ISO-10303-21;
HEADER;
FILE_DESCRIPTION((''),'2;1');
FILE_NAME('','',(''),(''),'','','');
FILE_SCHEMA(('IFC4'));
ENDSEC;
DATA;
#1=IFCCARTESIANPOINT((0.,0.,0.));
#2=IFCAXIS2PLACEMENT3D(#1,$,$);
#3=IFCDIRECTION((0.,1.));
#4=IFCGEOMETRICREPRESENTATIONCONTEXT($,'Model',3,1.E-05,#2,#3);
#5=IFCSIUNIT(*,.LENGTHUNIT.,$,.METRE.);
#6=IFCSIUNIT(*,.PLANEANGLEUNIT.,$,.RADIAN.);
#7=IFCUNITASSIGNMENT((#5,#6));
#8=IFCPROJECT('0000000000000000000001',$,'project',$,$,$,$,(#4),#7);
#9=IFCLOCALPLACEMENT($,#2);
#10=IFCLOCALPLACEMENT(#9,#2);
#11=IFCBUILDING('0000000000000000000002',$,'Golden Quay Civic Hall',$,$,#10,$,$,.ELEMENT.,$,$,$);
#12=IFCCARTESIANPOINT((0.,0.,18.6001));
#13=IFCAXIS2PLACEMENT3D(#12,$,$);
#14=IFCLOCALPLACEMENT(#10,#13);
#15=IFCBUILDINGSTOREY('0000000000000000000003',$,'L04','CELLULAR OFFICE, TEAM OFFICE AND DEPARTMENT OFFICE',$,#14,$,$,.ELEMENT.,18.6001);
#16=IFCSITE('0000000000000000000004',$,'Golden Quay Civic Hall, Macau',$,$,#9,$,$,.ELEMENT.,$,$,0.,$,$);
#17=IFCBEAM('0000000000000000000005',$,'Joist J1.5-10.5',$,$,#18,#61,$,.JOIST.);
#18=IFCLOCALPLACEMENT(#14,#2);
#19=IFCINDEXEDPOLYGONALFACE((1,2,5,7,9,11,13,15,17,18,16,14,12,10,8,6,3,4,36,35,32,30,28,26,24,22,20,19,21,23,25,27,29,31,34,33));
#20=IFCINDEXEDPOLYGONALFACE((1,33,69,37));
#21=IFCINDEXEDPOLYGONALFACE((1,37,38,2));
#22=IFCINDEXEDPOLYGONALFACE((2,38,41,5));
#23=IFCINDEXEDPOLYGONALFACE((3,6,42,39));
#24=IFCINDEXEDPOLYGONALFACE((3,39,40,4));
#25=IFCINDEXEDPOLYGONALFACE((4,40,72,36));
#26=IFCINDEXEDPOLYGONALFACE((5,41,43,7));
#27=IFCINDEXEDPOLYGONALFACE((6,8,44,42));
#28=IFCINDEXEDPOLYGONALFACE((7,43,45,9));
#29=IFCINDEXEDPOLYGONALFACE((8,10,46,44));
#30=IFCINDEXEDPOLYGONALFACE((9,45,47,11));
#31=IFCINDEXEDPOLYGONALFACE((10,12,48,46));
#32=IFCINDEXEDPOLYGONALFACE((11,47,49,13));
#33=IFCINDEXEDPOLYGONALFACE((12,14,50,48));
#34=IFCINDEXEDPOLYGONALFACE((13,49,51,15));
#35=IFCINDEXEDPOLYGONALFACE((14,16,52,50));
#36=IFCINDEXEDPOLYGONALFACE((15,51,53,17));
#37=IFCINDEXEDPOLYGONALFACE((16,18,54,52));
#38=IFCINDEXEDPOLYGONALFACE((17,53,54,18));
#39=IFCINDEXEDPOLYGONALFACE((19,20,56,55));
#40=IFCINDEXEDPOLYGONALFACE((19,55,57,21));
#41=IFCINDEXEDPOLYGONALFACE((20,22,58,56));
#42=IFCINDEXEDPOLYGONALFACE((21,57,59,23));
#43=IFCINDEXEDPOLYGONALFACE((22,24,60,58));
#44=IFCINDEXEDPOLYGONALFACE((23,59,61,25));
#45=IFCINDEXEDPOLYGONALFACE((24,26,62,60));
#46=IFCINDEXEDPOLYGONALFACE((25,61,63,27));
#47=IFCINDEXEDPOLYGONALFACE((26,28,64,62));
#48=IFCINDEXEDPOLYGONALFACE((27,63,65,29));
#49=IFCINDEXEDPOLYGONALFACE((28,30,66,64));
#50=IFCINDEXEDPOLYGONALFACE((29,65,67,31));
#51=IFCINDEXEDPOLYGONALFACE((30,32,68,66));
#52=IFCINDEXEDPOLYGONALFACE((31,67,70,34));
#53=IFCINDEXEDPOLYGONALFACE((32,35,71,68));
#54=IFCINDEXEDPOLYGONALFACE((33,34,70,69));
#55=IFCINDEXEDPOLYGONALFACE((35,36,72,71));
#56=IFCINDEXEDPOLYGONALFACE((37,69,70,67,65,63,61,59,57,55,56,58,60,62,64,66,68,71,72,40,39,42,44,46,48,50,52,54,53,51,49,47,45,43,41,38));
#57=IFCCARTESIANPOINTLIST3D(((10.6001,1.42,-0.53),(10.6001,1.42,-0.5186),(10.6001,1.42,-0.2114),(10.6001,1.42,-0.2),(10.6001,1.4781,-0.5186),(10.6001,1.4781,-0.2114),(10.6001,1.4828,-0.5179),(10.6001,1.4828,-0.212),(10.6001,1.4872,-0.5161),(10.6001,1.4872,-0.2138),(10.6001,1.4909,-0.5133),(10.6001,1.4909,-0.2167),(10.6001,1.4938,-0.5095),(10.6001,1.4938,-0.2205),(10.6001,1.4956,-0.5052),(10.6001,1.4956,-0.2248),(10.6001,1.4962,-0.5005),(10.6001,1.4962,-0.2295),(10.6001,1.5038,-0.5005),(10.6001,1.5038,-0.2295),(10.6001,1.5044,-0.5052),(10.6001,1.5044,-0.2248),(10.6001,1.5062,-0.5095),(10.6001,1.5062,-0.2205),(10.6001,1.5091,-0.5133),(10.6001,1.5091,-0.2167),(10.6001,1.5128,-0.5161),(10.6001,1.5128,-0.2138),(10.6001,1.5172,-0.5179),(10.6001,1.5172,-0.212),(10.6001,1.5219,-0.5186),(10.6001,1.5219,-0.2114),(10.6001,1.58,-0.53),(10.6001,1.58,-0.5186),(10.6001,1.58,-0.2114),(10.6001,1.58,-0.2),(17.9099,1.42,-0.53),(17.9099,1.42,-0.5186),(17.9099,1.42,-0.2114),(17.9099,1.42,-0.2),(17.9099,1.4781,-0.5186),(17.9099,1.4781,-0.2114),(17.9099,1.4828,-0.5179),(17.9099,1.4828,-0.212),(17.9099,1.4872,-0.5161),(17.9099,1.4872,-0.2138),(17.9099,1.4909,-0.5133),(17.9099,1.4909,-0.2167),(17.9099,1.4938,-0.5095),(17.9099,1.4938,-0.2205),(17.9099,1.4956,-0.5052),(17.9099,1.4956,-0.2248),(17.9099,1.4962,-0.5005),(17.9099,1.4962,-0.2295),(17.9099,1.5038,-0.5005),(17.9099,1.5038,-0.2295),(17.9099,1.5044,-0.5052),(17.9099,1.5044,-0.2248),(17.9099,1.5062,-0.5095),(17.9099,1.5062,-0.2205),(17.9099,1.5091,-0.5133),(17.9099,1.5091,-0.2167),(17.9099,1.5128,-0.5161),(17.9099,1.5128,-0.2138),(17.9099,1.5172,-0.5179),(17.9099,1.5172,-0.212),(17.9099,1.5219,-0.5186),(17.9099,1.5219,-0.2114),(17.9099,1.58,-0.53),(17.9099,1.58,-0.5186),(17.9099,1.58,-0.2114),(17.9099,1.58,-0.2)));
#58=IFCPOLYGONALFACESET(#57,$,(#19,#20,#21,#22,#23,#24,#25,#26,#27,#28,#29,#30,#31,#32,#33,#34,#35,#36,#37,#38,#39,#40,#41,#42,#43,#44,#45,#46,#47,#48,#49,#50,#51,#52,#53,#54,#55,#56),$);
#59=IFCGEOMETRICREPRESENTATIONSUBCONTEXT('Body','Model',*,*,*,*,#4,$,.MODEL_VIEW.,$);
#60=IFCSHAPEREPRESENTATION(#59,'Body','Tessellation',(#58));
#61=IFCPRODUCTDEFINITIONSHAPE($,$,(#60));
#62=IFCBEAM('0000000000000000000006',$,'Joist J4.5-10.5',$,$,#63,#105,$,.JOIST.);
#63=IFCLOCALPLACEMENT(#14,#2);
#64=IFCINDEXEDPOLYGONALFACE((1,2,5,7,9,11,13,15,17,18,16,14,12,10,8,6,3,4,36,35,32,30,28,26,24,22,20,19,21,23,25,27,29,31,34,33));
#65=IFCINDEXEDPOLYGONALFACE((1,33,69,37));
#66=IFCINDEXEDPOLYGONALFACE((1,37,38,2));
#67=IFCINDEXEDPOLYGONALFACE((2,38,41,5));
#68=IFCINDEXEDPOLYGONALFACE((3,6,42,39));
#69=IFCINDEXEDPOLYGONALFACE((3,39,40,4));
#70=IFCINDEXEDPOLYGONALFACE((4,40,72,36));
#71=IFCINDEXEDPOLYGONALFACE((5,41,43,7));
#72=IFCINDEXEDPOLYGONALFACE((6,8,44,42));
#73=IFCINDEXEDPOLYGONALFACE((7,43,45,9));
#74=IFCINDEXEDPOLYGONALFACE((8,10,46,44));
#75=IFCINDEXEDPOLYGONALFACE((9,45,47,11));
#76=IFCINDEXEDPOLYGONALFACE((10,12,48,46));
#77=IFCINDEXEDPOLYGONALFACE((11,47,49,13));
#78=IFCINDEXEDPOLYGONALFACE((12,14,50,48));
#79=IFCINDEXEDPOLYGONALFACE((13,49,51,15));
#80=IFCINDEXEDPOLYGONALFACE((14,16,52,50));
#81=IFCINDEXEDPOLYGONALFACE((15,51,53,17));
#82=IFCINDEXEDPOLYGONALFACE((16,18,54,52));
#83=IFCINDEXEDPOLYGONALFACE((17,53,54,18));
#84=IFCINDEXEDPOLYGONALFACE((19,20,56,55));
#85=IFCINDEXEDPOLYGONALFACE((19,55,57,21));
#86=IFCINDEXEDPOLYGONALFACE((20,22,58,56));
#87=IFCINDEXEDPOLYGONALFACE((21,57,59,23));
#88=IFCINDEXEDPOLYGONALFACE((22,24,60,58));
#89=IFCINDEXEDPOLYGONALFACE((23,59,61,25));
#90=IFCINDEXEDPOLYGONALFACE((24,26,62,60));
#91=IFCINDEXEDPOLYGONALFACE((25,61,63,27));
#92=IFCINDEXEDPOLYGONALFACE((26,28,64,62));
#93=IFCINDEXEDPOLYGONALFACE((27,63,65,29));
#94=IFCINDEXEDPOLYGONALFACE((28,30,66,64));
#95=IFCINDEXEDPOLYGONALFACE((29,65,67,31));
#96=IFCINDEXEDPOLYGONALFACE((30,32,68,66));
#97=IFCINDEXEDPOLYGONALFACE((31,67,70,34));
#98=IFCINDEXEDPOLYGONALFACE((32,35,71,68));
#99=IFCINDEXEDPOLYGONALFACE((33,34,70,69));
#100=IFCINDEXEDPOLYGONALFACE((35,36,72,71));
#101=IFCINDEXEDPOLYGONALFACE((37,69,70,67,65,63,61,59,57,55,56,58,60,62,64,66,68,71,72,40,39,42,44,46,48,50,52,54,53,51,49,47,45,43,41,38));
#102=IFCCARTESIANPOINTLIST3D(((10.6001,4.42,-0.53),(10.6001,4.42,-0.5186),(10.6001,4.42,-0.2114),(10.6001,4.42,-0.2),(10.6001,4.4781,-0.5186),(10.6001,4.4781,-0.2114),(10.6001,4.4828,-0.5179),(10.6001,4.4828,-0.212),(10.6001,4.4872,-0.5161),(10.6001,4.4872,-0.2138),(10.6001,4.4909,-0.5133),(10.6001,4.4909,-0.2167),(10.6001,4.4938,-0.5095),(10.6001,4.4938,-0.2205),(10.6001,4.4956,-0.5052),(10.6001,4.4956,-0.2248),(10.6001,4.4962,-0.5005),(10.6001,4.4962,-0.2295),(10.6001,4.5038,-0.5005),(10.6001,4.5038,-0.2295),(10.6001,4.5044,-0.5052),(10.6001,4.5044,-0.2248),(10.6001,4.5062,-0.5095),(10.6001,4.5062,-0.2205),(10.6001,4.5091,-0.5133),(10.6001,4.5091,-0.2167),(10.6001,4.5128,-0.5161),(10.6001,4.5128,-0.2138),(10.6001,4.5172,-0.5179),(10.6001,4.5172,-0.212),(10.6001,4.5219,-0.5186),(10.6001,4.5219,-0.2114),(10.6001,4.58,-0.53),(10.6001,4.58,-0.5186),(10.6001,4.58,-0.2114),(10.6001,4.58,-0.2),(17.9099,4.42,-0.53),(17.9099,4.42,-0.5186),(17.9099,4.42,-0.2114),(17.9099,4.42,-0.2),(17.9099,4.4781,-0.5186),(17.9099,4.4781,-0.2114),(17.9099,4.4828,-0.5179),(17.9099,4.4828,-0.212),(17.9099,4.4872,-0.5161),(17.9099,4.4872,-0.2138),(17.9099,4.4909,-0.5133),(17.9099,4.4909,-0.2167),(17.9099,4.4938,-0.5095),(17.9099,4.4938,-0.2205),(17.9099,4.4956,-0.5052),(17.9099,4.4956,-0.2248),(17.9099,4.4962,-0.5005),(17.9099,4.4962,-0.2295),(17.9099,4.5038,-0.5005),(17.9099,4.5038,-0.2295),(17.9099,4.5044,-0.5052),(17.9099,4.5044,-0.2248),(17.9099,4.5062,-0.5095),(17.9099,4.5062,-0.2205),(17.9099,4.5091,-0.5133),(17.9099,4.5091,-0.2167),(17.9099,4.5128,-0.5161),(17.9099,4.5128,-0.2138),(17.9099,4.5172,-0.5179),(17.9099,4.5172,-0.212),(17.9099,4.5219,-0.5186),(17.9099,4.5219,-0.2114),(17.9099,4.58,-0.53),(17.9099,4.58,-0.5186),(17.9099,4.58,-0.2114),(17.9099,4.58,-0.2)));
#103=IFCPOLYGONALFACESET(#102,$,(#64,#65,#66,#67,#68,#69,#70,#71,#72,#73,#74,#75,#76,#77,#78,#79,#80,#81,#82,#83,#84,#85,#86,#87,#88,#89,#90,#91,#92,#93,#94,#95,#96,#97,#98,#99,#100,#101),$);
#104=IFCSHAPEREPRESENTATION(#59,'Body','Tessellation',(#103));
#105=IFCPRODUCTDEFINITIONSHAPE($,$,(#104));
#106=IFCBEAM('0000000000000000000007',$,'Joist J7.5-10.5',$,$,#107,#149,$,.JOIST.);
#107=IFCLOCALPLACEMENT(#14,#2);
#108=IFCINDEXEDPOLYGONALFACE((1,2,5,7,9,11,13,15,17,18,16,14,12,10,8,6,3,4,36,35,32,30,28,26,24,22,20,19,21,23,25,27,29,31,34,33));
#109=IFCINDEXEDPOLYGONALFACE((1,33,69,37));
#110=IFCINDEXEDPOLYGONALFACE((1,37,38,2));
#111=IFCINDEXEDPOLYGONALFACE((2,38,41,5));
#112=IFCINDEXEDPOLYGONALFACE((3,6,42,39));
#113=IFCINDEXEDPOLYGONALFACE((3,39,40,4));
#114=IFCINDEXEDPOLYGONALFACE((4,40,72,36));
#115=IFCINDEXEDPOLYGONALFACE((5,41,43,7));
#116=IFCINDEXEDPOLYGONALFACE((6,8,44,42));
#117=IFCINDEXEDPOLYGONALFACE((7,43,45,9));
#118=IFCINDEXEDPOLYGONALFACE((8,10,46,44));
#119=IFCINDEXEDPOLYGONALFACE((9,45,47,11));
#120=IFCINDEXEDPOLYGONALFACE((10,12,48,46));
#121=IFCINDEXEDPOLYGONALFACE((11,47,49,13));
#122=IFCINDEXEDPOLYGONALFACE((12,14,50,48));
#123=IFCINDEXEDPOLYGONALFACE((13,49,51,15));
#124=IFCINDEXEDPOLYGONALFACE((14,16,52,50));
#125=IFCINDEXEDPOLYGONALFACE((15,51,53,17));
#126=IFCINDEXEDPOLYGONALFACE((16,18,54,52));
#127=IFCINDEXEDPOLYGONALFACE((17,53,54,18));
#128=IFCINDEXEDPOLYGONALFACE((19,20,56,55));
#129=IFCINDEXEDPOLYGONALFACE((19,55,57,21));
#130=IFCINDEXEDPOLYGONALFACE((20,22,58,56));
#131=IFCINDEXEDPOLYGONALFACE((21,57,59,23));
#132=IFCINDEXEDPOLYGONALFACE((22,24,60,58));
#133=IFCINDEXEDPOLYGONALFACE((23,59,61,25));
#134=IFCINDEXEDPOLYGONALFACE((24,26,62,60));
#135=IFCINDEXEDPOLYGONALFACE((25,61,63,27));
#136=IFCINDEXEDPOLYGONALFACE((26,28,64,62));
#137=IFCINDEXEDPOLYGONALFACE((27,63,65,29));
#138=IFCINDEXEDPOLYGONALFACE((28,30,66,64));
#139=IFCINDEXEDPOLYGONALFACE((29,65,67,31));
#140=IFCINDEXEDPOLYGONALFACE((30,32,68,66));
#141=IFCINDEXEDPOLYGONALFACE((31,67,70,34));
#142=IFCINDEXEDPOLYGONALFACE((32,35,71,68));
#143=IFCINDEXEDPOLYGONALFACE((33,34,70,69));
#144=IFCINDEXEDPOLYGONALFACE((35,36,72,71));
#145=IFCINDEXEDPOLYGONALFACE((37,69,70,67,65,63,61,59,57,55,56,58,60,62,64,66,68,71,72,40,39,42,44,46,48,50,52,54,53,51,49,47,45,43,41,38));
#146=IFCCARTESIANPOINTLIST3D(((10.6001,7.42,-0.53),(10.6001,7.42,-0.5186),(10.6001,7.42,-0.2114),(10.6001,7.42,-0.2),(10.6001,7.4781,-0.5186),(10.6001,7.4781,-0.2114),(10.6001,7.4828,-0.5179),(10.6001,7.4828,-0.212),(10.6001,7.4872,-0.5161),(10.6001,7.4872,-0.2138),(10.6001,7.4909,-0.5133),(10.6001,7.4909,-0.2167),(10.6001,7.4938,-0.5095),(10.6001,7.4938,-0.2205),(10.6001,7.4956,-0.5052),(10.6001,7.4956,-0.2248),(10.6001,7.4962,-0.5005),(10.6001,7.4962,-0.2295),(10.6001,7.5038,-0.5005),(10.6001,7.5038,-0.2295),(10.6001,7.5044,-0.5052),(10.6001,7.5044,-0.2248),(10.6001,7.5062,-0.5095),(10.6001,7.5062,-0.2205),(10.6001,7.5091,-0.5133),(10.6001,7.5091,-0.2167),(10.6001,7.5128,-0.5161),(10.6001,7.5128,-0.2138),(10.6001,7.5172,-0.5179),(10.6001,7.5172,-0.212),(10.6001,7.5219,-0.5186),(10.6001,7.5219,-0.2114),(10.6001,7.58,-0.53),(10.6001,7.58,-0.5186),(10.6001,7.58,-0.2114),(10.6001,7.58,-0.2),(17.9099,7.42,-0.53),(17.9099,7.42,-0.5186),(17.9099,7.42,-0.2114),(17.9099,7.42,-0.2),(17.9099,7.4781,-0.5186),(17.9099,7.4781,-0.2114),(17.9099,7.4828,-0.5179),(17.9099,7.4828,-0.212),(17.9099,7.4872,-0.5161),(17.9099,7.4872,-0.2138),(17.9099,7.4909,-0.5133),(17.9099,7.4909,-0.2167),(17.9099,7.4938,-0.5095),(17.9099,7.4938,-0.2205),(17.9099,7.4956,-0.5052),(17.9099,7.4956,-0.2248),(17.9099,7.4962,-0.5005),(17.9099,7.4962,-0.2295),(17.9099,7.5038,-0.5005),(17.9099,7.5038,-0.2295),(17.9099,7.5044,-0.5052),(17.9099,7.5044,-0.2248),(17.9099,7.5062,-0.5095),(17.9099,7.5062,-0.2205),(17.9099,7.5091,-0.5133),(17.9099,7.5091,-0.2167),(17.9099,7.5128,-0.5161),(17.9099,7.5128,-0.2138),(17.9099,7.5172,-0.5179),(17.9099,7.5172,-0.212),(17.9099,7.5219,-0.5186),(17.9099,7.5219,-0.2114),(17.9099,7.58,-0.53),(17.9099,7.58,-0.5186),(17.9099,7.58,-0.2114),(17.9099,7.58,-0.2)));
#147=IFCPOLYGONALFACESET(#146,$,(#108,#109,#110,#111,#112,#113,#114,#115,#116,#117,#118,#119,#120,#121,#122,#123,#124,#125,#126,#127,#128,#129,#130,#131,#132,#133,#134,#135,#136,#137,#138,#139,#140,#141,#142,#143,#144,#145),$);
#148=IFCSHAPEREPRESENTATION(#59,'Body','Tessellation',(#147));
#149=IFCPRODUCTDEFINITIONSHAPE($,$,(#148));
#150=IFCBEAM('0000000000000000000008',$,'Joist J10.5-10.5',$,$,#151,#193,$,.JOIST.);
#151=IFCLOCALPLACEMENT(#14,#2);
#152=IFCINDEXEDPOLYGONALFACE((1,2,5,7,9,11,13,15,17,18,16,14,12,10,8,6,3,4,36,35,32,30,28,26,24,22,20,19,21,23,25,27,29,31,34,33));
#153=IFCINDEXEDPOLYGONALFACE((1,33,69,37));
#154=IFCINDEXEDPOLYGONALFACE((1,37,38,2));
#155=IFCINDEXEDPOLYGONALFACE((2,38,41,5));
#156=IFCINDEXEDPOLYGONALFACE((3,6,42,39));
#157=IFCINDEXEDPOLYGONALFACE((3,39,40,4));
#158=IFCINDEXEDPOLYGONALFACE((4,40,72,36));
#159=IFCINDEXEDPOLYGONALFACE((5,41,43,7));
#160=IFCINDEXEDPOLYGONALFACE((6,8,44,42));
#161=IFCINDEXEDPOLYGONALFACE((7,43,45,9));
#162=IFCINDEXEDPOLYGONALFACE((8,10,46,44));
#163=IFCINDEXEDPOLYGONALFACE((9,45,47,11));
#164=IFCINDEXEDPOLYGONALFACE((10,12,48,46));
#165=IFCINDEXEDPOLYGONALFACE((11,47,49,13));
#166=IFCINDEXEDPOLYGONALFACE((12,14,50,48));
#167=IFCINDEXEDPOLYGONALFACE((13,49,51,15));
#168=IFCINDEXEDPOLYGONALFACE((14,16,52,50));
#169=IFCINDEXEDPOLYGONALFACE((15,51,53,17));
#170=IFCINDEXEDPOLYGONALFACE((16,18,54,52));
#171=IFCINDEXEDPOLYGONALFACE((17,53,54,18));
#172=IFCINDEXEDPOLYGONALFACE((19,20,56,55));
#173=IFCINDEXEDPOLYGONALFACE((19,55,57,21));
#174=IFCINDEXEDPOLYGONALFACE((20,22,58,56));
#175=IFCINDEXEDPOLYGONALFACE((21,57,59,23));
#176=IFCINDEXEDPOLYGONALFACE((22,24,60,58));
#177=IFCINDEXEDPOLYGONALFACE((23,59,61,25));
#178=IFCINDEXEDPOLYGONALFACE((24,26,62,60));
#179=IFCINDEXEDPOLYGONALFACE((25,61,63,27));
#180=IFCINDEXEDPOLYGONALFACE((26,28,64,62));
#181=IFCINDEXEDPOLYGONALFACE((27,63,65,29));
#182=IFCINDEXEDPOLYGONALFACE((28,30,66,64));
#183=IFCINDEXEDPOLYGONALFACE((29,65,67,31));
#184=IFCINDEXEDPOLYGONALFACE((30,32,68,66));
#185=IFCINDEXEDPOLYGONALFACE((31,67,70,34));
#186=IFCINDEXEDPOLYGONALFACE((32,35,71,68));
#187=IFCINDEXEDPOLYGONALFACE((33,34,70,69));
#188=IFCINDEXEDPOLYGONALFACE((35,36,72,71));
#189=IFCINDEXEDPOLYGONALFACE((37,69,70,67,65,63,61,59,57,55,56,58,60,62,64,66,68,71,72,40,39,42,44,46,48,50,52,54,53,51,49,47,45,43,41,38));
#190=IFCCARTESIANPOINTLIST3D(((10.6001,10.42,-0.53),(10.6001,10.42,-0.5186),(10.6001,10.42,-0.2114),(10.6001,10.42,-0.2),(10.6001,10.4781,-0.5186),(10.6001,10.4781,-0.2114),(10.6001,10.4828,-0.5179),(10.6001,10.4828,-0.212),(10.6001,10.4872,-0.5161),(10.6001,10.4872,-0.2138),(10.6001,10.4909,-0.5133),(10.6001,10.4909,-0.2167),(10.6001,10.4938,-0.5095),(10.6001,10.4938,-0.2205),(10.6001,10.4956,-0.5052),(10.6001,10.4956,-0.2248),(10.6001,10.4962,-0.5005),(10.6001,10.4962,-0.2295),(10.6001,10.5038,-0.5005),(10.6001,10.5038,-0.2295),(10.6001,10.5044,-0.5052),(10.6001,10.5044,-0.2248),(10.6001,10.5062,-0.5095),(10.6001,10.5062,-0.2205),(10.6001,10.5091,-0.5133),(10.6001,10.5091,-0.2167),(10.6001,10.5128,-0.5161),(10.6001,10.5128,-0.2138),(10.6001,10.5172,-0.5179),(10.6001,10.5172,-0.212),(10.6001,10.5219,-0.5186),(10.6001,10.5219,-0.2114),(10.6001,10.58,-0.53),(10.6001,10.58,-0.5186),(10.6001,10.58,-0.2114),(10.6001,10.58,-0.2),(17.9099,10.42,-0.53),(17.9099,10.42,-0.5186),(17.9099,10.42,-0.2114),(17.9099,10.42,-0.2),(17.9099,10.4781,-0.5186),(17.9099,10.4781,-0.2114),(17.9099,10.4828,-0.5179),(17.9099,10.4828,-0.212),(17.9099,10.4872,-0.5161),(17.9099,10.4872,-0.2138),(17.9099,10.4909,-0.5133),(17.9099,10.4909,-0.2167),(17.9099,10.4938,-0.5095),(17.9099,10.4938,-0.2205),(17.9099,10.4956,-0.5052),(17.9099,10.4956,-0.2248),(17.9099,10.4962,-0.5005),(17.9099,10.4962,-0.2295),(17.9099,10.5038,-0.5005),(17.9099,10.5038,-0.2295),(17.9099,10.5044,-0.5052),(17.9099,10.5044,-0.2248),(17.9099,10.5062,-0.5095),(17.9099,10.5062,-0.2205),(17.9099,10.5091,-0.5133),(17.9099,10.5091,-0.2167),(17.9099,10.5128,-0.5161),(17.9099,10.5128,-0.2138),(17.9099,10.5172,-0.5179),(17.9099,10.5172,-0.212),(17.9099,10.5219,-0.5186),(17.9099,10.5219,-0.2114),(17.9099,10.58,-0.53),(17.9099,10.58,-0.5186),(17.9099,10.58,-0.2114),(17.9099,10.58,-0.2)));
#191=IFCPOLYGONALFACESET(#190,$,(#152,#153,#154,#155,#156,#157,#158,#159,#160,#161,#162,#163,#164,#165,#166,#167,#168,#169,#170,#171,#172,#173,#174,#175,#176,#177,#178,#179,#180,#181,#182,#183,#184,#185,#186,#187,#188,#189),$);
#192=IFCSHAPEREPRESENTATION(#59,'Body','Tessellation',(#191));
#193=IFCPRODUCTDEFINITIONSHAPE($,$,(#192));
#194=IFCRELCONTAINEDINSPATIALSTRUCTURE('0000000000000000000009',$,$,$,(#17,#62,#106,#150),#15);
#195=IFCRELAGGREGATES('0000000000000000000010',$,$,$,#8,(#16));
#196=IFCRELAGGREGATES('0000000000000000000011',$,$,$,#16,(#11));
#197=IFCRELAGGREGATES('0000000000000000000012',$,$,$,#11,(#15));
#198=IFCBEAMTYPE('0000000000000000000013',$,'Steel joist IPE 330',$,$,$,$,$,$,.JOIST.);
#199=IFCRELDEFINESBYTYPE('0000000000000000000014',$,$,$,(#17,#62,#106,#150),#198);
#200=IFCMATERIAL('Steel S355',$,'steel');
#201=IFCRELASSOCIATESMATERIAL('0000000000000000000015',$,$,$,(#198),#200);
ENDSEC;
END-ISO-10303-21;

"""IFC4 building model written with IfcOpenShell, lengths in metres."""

from ifc_helpers import new_model, si_unit, direction, frame, origin, origin_2d, place, context, subcontext, project, spatial, i_section, extrude, material, material_profile, profile_set, type_object, element, save


model = new_model("IFC4")

# Units and contexts
model_context = context("Model", 3, precision=1e-05, world=origin(), true_north=direction((0.0, 1.0)))
body_context = subcontext(model_context, "Body", "Model", "MODEL_VIEW")
ifc_project = project(units=[si_unit("LENGTHUNIT", "METRE"), si_unit("PLANEANGLEUNIT", "RADIAN")], contexts=[model_context])

# Site, building, storey
site_placement = place(None, origin())
site = spatial("IfcSite", under=ifc_project, at=site_placement, Name="Golden Quay Civic Hall, Macau", CompositionType="ELEMENT", RefElevation=0.0)
building_placement = place(site_placement, origin())
building = spatial("IfcBuilding", under=site, at=building_placement, Name="Golden Quay Civic Hall", CompositionType="ELEMENT")
storey_placement = place(building_placement, frame((0.0, 0.0, 18.6001)))
storey = spatial("IfcBuildingStorey", under=building, at=storey_placement, Name="L04", Description="CELLULAR OFFICE, TEAM OFFICE AND DEPARTMENT OFFICE", CompositionType="ELEMENT", Elevation=18.6001)

# Beams
ifc_material_1 = material(Name="Steel S355", Category="steel")
ifc_material_profile_1 = material_profile(ifc_material_1, i_section(OverallWidth=0.1599, OverallDepth=0.3301, WebThickness=0.0076, FlangeThickness=0.0115, FilletRadius=0.0181, at=origin_2d()), Name="IPE 330")
ifc_profile_set_1 = profile_set([ifc_material_profile_1], Name="Steel S355")
beam_type_1 = type_object("IfcBeamType", Name="Steel joist IPE 330", PredefinedType="JOIST", material=ifc_profile_set_1)
for number, where, z_axis, x_axis, name in (
    (1, (10.6001, 1.5, -0.365), (1.0, 0.0, 0.0), (0.0, 1.0, 0.0), "Joist J1.5-10.5"),
    (2, (10.6001, 4.5, -0.365), (1.0, 0.0, 0.0), (0.0, 1.0, 0.0), "Joist J4.5-10.5"),
    (3, (10.6001, 7.5, -0.365), (1.0, 0.0, 0.0), (0.0, 1.0, 0.0), "Joist J7.5-10.5"),
    (4, (10.6001, 10.5, -0.365), (1.0, 0.0, 0.0), (0.0, 1.0, 0.0), "Joist J10.5-10.5"),
):
    element("IfcBeam", number, at=place(storey_placement, frame(where, z_axis=z_axis, x_axis=x_axis)), inside=storey, type_object=beam_type_1, Name=name, PredefinedType="JOIST", context=body_context, shape_type="SweptSolid", body=[
        extrude(i_section(OverallWidth=0.1599, OverallDepth=0.3301, WebThickness=0.0076, FlangeThickness=0.0115, FilletRadius=0.0181, at=origin_2d()), origin(), (0.0, 0.0, 1.0), 7.3098),
    ])

save(model, "model.ifc")
